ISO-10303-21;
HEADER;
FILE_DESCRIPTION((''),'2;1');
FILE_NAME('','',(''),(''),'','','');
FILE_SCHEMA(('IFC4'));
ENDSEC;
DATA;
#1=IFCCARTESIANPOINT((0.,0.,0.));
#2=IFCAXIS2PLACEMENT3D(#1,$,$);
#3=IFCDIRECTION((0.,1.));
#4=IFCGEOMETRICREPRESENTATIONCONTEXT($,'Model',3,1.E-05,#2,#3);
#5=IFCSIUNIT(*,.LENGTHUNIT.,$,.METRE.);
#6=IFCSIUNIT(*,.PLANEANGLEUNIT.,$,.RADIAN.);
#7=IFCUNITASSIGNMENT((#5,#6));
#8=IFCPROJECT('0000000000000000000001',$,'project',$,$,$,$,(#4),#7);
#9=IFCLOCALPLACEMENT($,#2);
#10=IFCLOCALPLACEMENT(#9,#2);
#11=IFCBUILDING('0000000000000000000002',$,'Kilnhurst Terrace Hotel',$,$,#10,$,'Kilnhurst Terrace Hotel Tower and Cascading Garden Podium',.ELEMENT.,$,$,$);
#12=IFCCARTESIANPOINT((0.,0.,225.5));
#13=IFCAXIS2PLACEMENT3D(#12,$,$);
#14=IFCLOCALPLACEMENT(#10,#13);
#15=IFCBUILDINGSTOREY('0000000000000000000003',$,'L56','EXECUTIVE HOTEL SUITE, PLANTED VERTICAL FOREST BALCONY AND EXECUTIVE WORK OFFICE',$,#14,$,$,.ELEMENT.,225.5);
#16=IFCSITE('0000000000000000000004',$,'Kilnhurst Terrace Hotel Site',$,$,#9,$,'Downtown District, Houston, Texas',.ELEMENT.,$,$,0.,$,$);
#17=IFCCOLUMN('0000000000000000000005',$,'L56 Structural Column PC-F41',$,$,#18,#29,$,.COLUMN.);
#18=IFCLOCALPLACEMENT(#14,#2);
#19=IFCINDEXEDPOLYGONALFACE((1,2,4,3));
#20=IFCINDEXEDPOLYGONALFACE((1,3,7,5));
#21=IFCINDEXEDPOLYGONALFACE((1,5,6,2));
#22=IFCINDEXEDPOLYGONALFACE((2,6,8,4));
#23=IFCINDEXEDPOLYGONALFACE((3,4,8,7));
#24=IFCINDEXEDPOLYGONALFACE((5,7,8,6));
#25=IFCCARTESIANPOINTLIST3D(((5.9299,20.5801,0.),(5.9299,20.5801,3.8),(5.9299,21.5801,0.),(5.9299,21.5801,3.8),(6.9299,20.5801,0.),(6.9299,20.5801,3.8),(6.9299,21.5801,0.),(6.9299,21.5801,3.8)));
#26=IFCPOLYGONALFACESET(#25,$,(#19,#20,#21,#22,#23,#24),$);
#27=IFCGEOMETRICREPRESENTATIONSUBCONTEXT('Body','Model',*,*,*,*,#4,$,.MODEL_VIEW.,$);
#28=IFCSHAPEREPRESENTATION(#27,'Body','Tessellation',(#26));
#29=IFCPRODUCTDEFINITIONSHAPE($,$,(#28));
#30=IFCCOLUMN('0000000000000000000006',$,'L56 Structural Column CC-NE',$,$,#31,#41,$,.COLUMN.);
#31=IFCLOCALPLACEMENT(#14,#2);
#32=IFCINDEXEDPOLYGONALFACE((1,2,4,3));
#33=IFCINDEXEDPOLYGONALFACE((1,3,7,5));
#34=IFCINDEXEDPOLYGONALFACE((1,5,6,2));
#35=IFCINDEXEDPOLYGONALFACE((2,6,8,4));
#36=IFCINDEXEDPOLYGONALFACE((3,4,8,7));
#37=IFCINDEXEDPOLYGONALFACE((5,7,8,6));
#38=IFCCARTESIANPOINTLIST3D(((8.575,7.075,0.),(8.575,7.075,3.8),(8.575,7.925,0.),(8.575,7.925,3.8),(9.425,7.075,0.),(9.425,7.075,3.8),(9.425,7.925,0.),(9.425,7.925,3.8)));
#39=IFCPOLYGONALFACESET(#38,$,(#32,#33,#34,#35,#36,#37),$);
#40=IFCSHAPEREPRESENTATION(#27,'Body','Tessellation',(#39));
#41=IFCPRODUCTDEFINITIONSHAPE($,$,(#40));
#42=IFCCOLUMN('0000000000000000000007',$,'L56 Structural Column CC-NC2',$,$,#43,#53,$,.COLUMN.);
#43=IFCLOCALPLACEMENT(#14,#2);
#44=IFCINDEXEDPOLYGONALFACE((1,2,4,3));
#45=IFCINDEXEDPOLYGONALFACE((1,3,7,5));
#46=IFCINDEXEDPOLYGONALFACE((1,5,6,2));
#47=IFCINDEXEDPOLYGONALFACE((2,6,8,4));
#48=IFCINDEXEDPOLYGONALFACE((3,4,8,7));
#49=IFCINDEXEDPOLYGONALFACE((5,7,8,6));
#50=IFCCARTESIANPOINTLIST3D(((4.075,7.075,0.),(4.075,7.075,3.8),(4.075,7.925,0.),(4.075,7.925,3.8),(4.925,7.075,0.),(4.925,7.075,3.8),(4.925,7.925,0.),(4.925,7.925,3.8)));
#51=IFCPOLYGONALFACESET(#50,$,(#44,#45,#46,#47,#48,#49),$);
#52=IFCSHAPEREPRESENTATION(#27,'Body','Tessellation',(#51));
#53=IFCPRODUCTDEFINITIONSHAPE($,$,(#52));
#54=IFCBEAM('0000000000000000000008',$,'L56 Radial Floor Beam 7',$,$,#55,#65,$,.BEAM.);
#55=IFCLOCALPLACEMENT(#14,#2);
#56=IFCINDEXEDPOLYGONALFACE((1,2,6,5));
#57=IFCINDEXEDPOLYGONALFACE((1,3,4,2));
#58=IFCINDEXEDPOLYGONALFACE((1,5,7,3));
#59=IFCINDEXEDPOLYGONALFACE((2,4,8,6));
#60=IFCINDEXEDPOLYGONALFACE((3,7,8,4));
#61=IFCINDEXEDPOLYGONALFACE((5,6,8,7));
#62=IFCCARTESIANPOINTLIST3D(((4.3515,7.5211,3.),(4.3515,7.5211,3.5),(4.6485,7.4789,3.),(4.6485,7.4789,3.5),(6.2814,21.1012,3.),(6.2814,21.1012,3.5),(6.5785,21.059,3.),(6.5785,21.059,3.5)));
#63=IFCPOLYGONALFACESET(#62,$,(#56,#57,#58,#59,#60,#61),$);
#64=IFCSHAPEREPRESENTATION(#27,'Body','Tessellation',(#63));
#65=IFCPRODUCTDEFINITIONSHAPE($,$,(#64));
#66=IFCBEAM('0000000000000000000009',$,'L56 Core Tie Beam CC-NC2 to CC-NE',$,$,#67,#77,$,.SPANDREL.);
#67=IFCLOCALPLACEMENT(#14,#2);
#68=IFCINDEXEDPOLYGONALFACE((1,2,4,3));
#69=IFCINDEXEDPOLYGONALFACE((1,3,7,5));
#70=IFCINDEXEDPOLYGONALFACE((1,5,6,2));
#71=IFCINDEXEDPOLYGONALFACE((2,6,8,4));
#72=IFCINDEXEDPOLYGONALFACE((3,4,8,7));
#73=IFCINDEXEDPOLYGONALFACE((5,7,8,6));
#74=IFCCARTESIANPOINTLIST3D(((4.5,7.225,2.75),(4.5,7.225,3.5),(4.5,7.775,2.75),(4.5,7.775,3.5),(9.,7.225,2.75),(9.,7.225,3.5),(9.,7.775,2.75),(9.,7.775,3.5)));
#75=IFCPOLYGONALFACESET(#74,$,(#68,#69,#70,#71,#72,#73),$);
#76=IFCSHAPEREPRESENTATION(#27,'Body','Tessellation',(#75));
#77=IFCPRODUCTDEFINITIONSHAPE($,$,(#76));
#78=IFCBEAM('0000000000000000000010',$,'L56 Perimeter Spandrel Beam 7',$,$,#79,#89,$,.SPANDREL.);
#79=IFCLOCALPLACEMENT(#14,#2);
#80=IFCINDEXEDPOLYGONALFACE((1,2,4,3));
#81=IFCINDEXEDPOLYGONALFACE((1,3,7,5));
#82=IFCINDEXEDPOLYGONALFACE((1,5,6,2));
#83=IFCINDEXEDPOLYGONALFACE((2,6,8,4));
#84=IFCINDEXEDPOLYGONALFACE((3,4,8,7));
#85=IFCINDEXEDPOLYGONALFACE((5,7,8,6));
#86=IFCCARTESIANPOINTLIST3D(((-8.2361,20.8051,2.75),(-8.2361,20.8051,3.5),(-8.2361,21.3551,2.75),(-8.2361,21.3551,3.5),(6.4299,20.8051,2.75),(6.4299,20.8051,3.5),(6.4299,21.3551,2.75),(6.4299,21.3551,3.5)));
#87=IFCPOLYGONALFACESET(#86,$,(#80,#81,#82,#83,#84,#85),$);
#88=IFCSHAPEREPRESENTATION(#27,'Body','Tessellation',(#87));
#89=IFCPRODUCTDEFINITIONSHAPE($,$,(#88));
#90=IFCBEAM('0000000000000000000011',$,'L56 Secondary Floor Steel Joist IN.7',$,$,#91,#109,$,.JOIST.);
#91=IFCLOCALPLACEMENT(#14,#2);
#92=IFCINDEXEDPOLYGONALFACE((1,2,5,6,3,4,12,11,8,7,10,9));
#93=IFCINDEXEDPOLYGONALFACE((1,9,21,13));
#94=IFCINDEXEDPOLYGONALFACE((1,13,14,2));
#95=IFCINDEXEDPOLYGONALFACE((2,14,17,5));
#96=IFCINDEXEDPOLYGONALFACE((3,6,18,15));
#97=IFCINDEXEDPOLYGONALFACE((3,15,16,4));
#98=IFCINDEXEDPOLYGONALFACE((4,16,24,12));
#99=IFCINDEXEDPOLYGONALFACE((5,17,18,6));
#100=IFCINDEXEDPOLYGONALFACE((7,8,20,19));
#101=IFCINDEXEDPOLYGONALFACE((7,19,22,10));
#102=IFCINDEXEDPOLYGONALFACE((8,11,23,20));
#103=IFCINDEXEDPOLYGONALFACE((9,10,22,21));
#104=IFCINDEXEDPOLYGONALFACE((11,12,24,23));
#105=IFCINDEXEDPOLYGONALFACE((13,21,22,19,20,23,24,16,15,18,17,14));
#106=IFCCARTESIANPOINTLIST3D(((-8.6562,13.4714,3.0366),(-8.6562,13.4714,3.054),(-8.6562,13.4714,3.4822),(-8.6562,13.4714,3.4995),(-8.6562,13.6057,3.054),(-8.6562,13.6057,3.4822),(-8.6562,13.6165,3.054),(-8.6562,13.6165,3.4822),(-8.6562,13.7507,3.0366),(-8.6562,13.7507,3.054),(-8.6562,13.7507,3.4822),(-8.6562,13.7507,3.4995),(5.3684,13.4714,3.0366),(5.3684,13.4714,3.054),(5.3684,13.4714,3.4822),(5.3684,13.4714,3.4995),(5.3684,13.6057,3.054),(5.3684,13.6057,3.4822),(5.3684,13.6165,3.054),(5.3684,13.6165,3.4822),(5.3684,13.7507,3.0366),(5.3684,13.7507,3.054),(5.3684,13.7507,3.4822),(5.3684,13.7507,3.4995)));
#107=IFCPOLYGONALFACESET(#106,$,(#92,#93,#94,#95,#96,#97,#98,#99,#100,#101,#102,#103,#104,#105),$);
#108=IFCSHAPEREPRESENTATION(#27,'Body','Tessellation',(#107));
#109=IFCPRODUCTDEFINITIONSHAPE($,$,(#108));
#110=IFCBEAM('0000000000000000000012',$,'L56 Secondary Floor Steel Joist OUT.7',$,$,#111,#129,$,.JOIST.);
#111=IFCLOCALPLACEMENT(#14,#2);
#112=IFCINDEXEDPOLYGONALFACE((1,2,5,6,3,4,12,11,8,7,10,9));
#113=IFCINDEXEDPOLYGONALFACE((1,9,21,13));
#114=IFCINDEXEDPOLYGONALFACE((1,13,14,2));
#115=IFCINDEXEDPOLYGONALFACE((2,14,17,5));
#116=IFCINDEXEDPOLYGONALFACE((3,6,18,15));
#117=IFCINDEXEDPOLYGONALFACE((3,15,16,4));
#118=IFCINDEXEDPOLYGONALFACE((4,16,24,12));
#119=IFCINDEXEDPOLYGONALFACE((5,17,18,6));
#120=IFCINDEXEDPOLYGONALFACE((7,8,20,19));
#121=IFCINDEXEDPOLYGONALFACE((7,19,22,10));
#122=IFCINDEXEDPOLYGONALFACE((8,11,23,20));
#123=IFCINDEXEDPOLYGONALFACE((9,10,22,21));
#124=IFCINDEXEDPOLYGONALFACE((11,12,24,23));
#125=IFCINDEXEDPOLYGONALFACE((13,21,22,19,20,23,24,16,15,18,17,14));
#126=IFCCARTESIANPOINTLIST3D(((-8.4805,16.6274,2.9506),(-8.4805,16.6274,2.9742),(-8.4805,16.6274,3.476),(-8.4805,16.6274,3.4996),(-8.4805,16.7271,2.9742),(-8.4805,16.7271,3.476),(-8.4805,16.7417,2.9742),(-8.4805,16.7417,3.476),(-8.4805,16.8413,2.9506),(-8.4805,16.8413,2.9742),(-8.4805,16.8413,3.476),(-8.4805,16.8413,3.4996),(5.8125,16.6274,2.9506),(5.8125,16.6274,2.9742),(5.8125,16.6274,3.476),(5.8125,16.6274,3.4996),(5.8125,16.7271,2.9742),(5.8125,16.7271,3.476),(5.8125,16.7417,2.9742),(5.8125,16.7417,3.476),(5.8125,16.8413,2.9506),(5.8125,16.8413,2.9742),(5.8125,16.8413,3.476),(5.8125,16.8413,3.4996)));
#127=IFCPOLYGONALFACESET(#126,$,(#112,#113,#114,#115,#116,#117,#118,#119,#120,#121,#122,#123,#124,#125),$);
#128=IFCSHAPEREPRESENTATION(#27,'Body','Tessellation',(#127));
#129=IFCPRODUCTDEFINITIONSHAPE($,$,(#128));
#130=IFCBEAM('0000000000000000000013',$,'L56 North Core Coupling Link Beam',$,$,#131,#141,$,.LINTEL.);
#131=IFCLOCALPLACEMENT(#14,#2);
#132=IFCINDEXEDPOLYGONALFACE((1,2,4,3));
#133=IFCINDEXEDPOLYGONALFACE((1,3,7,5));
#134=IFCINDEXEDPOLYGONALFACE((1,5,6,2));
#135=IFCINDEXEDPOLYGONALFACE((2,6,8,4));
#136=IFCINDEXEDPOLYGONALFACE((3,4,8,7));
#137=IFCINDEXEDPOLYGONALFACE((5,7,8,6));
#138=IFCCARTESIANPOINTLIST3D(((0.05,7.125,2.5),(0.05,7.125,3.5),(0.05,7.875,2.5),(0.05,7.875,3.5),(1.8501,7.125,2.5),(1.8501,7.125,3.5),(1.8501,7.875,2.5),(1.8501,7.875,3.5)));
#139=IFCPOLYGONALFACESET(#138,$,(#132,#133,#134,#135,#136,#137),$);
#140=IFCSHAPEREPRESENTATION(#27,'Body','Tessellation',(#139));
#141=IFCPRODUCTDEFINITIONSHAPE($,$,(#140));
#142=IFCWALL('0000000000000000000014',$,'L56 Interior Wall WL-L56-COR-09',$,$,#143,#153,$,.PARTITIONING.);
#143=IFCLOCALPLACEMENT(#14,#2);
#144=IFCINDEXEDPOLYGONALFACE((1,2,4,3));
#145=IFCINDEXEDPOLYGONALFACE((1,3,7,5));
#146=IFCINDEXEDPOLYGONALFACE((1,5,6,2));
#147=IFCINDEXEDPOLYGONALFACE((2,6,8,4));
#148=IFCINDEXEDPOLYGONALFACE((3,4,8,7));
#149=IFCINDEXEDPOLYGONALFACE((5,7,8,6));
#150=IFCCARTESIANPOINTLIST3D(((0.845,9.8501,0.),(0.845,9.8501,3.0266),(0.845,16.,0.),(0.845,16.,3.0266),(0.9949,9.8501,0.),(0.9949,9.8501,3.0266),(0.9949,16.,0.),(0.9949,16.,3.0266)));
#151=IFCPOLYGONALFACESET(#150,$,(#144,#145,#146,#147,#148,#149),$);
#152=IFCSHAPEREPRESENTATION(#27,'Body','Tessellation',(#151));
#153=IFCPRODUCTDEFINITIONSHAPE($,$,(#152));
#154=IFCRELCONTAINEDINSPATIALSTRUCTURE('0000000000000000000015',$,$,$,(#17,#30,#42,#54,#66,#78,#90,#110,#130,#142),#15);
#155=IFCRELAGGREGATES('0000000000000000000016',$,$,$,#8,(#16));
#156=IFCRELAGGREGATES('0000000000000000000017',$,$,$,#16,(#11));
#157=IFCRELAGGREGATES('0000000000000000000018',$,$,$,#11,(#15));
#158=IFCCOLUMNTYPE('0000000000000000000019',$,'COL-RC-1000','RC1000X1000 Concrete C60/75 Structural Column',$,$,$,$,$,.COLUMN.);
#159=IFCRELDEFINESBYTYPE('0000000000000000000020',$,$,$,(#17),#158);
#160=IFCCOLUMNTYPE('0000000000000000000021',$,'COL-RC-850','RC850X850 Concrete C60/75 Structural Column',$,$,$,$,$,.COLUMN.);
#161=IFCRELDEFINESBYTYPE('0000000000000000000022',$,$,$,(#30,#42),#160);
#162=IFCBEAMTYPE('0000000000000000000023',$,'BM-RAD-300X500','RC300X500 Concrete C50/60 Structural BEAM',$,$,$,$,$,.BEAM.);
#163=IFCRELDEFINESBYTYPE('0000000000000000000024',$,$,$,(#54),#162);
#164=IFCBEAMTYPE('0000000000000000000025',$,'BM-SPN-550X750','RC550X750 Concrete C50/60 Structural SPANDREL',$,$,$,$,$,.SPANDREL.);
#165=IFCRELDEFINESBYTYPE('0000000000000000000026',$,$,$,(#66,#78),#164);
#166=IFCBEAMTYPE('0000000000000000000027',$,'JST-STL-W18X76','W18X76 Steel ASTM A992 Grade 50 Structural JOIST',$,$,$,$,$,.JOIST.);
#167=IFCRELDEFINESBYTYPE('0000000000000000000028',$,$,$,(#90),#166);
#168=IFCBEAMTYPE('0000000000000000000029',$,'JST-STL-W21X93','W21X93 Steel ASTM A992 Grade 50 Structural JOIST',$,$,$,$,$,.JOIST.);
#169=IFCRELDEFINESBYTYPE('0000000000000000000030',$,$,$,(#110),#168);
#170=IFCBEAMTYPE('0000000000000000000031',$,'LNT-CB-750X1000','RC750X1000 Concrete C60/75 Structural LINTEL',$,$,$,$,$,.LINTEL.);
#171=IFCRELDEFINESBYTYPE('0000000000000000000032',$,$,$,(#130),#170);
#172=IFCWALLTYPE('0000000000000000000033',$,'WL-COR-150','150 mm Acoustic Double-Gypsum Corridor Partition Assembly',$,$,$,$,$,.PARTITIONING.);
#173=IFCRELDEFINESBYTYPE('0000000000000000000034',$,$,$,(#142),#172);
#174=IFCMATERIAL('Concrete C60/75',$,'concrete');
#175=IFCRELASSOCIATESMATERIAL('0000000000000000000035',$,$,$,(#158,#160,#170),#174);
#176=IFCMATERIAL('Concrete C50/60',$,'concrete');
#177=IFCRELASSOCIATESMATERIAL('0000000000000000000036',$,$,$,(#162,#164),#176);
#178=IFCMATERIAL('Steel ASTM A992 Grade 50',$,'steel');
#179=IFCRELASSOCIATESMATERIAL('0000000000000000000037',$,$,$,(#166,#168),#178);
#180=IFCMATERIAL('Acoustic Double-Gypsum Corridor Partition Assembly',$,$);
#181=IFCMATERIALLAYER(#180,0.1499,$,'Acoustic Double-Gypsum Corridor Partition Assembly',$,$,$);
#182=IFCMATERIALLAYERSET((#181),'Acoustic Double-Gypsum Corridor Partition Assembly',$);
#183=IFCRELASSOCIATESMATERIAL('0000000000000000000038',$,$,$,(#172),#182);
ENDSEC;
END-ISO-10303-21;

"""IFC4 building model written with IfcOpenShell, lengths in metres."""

from ifc_helpers import new_model, si_unit, direction, frame, frame_2d, origin, origin_2d, place, context, subcontext, project, spatial, rectangle, i_section, extrude, material, layer, layer_set, material_profile, profile_set, type_object, element, save


model = new_model("IFC4")

# Units and contexts
model_context = context("Model", 3, precision=1e-05, world=origin(), true_north=direction((0.0, 1.0)))
body_context = subcontext(model_context, "Body", "Model", "MODEL_VIEW")
ifc_project = project(units=[si_unit("LENGTHUNIT", "METRE"), si_unit("PLANEANGLEUNIT", "RADIAN")], contexts=[model_context])

# Site, building, storey
site_placement = place(None, origin())
site = spatial("IfcSite", under=ifc_project, at=site_placement, Name="Kilnhurst Terrace Hotel Site", LongName="Downtown District, Houston, Texas", CompositionType="ELEMENT", RefElevation=0.0)
building_placement = place(site_placement, origin())
building = spatial("IfcBuilding", under=site, at=building_placement, Name="Kilnhurst Terrace Hotel", LongName="Kilnhurst Terrace Hotel Tower and Cascading Garden Podium", CompositionType="ELEMENT")
storey_placement = place(building_placement, frame((0.0, 0.0, 225.5)))
storey = spatial("IfcBuildingStorey", under=building, at=storey_placement, Name="L56", Description="EXECUTIVE HOTEL SUITE, PLANTED VERTICAL FOREST BALCONY AND EXECUTIVE WORK OFFICE", CompositionType="ELEMENT", Elevation=225.5)

# Columns
ifc_material_1 = material(Name="Concrete C60/75", Category="concrete")
ifc_material_profile_1 = material_profile(ifc_material_1, rectangle(XDim=1.0, YDim=1.0, at=origin_2d()), Name="RC1000X1000")
ifc_profile_set_1 = profile_set([ifc_material_profile_1], Name="Concrete C60/75")
column_type_1 = type_object("IfcColumnType", Name="COL-RC-1000", Description="RC1000X1000 Concrete C60/75 Structural Column", PredefinedType="COLUMN", material=ifc_profile_set_1)
column_placement = place(storey_placement, frame((6.4299, 21.0801, 0.0), z_axis=(0.0, 0.0, 1.0), x_axis=(1.0, 0.0, 0.0)))
element("IfcColumn", 1, at=column_placement, inside=storey, type_object=column_type_1, Name="L56 Structural Column PC-F41", PredefinedType="COLUMN", context=body_context, shape_type="SweptSolid", body=[
    extrude(rectangle(XDim=1.0, YDim=1.0, at=origin_2d()), origin(), (0.0, 0.0, 1.0), 3.8),
])
ifc_material_profile_2 = material_profile(ifc_material_1, rectangle(XDim=0.8501, YDim=0.8501, at=origin_2d()), Name="RC850X850")
ifc_profile_set_2 = profile_set([ifc_material_profile_2], Name="Concrete C60/75")
column_type_2 = type_object("IfcColumnType", Name="COL-RC-850", Description="RC850X850 Concrete C60/75 Structural Column", PredefinedType="COLUMN", material=ifc_profile_set_2)
for number, where, z_axis, x_axis, name in (
    (2, (9.0, 7.5, 0.0), (0.0, 0.0, 1.0), (1.0, 0.0, 0.0), "L56 Structural Column CC-NE"),
    (3, (4.5, 7.5, 0.0), (0.0, 0.0, 1.0), (1.0, 0.0, 0.0), "L56 Structural Column CC-NC2"),
):
    element("IfcColumn", number, at=place(storey_placement, frame(where, z_axis=z_axis, x_axis=x_axis)), inside=storey, type_object=column_type_2, Name=name, PredefinedType="COLUMN", context=body_context, shape_type="SweptSolid", body=[
        extrude(rectangle(XDim=0.8501, YDim=0.8501, at=origin_2d()), origin(), (0.0, 0.0, 1.0), 3.8),
    ])

# Beams
ifc_material_2 = material(Name="Concrete C50/60", Category="concrete")
ifc_material_profile_3 = material_profile(ifc_material_2, rectangle(XDim=0.3, YDim=0.5, at=origin_2d()), Name="RC300X500")
ifc_profile_set_3 = profile_set([ifc_material_profile_3], Name="Concrete C50/60")
beam_type_1 = type_object("IfcBeamType", Name="BM-RAD-300X500", Description="RC300X500 Concrete C50/60 Structural BEAM", PredefinedType="BEAM", material=ifc_profile_set_3)
beam_1_placement = place(storey_placement, frame((4.5, 7.5, 3.25), z_axis=(0.140701, 0.990052, 0.0), x_axis=(-0.990052, 0.140701, 0.0)))
element("IfcBeam", 4, at=beam_1_placement, inside=storey, type_object=beam_type_1, Name="L56 Radial Floor Beam 7", PredefinedType="BEAM", context=body_context, shape_type="SweptSolid", body=[
    extrude(rectangle(XDim=0.3, YDim=0.5, at=origin_2d()), origin(), (0.0, 0.0, 1.0), 13.7166),
])
ifc_material_profile_4 = material_profile(ifc_material_2, rectangle(XDim=0.55, YDim=0.75, at=origin_2d()), Name="RC550X750")
ifc_profile_set_4 = profile_set([ifc_material_profile_4], Name="Concrete C50/60")
beam_type_2 = type_object("IfcBeamType", Name="BM-SPN-550X750", Description="RC550X750 Concrete C50/60 Structural SPANDREL", PredefinedType="SPANDREL", material=ifc_profile_set_4)
beam_2_placement = place(storey_placement, frame((4.5, 7.5, 3.125), z_axis=(1.0, 0.0, 0.0), x_axis=(0.0, 1.0, 0.0)))
element("IfcBeam", 5, at=beam_2_placement, inside=storey, type_object=beam_type_2, Name="L56 Core Tie Beam CC-NC2 to CC-NE", PredefinedType="SPANDREL", context=body_context, shape_type="SweptSolid", body=[
    extrude(rectangle(XDim=0.55, YDim=0.75, at=origin_2d()), origin(), (0.0, 0.0, 1.0), 4.5),
])
beam_3_placement = place(storey_placement, frame((6.4299, 21.0801, 3.125), z_axis=(-1.0, 0.0, 0.0), x_axis=(0.0, -1.0, 0.0)))
element("IfcBeam", 6, at=beam_3_placement, inside=storey, type_object=beam_type_2, Name="L56 Perimeter Spandrel Beam 7", PredefinedType="SPANDREL", context=body_context, shape_type="SweptSolid", body=[
    extrude(rectangle(XDim=0.55, YDim=0.75, at=origin_2d()), origin(), (0.0, 0.0, 1.0), 14.666),
])
ifc_material_3 = material(Name="Steel ASTM A992 Grade 50", Category="steel")
ifc_material_profile_5 = material_profile(ifc_material_3, i_section(OverallWidth=0.2793, OverallDepth=0.4629, WebThickness=0.0107, FlangeThickness=0.0173, at=origin_2d()), Name="W18X76")
ifc_profile_set_5 = profile_set([ifc_material_profile_5], Name="Steel ASTM A992 Grade 50")
beam_type_3 = type_object("IfcBeamType", Name="JST-STL-W18X76", Description="W18X76 Steel ASTM A992 Grade 50 Structural JOIST", PredefinedType="JOIST", material=ifc_profile_set_5)
beam_4_placement = place(storey_placement, frame((5.3684, 13.6111, 3.2681), z_axis=(-1.0, 0.0, 0.0), x_axis=(0.0, -1.0, 0.0)))
element("IfcBeam", 7, at=beam_4_placement, inside=storey, type_object=beam_type_3, Name="L56 Secondary Floor Steel Joist IN.7", PredefinedType="JOIST", context=body_context, shape_type="SweptSolid", body=[
    extrude(i_section(OverallWidth=0.2793, OverallDepth=0.4629, WebThickness=0.0107, FlangeThickness=0.0173, at=origin_2d()), origin(), (0.0, 0.0, 1.0), 14.0247),
])
ifc_material_profile_6 = material_profile(ifc_material_3, i_section(OverallWidth=0.2139, OverallDepth=0.5491, WebThickness=0.0146, FlangeThickness=0.0237, at=origin_2d()), Name="W21X93")
ifc_profile_set_6 = profile_set([ifc_material_profile_6], Name="Steel ASTM A992 Grade 50")
beam_type_4 = type_object("IfcBeamType", Name="JST-STL-W21X93", Description="W21X93 Steel ASTM A992 Grade 50 Structural JOIST", PredefinedType="JOIST", material=ifc_profile_set_6)
beam_5_placement = place(storey_placement, frame((5.8125, 16.7344, 3.2251), z_axis=(-1.0, 0.0, 0.0), x_axis=(0.0, -1.0, 0.0)))
element("IfcBeam", 8, at=beam_5_placement, inside=storey, type_object=beam_type_4, Name="L56 Secondary Floor Steel Joist OUT.7", PredefinedType="JOIST", context=body_context, shape_type="SweptSolid", body=[
    extrude(i_section(OverallWidth=0.2139, OverallDepth=0.5491, WebThickness=0.0146, FlangeThickness=0.0237, at=origin_2d()), origin(), (0.0, 0.0, 1.0), 14.293),
])
ifc_material_profile_7 = material_profile(ifc_material_1, rectangle(XDim=0.75, YDim=1.0, at=origin_2d()), Name="RC750X1000")
ifc_profile_set_7 = profile_set([ifc_material_profile_7], Name="Concrete C60/75")
beam_type_5 = type_object("IfcBeamType", Name="LNT-CB-750X1000", Description="RC750X1000 Concrete C60/75 Structural LINTEL", PredefinedType="LINTEL", material=ifc_profile_set_7)
beam_6_placement = place(storey_placement, frame((0.05, 7.5, 3.0), z_axis=(1.0, 0.0, 0.0), x_axis=(0.0, 1.0, 0.0)))
element("IfcBeam", 9, at=beam_6_placement, inside=storey, type_object=beam_type_5, Name="L56 North Core Coupling Link Beam", PredefinedType="LINTEL", context=body_context, shape_type="SweptSolid", body=[
    extrude(rectangle(XDim=0.75, YDim=1.0, at=origin_2d()), origin(), (0.0, 0.0, 1.0), 1.8),
])

# Wall
ifc_material_4 = material(Name="Acoustic Double-Gypsum Corridor Partition Assembly")
ifc_layer_1 = layer(ifc_material_4, 0.1499, Name="Acoustic Double-Gypsum Corridor Partition Assembly")
ifc_layer_set_1 = layer_set([ifc_layer_1], Name="Acoustic Double-Gypsum Corridor Partition Assembly")
wall_type_1 = type_object("IfcWallType", Name="WL-COR-150", Description="150 mm Acoustic Double-Gypsum Corridor Partition Assembly", PredefinedType="PARTITIONING", material=ifc_layer_set_1)
wall_1_placement = place(storey_placement, frame((0.9199, 16.0, 0.0), z_axis=(0.0, 0.0, 1.0), x_axis=(0.0, -1.0, 0.0)))
element("IfcWall", 10, at=wall_1_placement, inside=storey, type_object=wall_type_1, Name="L56 Interior Wall WL-L56-COR-09", PredefinedType="PARTITIONING", context=body_context, shape_type="SweptSolid", body=[
    extrude(rectangle(XDim=6.1499, YDim=0.1499, at=frame_2d((3.075, 0.0))), origin(), (0.0, 0.0, 1.0), 3.0266),
])

save(model, "model.ifc")
